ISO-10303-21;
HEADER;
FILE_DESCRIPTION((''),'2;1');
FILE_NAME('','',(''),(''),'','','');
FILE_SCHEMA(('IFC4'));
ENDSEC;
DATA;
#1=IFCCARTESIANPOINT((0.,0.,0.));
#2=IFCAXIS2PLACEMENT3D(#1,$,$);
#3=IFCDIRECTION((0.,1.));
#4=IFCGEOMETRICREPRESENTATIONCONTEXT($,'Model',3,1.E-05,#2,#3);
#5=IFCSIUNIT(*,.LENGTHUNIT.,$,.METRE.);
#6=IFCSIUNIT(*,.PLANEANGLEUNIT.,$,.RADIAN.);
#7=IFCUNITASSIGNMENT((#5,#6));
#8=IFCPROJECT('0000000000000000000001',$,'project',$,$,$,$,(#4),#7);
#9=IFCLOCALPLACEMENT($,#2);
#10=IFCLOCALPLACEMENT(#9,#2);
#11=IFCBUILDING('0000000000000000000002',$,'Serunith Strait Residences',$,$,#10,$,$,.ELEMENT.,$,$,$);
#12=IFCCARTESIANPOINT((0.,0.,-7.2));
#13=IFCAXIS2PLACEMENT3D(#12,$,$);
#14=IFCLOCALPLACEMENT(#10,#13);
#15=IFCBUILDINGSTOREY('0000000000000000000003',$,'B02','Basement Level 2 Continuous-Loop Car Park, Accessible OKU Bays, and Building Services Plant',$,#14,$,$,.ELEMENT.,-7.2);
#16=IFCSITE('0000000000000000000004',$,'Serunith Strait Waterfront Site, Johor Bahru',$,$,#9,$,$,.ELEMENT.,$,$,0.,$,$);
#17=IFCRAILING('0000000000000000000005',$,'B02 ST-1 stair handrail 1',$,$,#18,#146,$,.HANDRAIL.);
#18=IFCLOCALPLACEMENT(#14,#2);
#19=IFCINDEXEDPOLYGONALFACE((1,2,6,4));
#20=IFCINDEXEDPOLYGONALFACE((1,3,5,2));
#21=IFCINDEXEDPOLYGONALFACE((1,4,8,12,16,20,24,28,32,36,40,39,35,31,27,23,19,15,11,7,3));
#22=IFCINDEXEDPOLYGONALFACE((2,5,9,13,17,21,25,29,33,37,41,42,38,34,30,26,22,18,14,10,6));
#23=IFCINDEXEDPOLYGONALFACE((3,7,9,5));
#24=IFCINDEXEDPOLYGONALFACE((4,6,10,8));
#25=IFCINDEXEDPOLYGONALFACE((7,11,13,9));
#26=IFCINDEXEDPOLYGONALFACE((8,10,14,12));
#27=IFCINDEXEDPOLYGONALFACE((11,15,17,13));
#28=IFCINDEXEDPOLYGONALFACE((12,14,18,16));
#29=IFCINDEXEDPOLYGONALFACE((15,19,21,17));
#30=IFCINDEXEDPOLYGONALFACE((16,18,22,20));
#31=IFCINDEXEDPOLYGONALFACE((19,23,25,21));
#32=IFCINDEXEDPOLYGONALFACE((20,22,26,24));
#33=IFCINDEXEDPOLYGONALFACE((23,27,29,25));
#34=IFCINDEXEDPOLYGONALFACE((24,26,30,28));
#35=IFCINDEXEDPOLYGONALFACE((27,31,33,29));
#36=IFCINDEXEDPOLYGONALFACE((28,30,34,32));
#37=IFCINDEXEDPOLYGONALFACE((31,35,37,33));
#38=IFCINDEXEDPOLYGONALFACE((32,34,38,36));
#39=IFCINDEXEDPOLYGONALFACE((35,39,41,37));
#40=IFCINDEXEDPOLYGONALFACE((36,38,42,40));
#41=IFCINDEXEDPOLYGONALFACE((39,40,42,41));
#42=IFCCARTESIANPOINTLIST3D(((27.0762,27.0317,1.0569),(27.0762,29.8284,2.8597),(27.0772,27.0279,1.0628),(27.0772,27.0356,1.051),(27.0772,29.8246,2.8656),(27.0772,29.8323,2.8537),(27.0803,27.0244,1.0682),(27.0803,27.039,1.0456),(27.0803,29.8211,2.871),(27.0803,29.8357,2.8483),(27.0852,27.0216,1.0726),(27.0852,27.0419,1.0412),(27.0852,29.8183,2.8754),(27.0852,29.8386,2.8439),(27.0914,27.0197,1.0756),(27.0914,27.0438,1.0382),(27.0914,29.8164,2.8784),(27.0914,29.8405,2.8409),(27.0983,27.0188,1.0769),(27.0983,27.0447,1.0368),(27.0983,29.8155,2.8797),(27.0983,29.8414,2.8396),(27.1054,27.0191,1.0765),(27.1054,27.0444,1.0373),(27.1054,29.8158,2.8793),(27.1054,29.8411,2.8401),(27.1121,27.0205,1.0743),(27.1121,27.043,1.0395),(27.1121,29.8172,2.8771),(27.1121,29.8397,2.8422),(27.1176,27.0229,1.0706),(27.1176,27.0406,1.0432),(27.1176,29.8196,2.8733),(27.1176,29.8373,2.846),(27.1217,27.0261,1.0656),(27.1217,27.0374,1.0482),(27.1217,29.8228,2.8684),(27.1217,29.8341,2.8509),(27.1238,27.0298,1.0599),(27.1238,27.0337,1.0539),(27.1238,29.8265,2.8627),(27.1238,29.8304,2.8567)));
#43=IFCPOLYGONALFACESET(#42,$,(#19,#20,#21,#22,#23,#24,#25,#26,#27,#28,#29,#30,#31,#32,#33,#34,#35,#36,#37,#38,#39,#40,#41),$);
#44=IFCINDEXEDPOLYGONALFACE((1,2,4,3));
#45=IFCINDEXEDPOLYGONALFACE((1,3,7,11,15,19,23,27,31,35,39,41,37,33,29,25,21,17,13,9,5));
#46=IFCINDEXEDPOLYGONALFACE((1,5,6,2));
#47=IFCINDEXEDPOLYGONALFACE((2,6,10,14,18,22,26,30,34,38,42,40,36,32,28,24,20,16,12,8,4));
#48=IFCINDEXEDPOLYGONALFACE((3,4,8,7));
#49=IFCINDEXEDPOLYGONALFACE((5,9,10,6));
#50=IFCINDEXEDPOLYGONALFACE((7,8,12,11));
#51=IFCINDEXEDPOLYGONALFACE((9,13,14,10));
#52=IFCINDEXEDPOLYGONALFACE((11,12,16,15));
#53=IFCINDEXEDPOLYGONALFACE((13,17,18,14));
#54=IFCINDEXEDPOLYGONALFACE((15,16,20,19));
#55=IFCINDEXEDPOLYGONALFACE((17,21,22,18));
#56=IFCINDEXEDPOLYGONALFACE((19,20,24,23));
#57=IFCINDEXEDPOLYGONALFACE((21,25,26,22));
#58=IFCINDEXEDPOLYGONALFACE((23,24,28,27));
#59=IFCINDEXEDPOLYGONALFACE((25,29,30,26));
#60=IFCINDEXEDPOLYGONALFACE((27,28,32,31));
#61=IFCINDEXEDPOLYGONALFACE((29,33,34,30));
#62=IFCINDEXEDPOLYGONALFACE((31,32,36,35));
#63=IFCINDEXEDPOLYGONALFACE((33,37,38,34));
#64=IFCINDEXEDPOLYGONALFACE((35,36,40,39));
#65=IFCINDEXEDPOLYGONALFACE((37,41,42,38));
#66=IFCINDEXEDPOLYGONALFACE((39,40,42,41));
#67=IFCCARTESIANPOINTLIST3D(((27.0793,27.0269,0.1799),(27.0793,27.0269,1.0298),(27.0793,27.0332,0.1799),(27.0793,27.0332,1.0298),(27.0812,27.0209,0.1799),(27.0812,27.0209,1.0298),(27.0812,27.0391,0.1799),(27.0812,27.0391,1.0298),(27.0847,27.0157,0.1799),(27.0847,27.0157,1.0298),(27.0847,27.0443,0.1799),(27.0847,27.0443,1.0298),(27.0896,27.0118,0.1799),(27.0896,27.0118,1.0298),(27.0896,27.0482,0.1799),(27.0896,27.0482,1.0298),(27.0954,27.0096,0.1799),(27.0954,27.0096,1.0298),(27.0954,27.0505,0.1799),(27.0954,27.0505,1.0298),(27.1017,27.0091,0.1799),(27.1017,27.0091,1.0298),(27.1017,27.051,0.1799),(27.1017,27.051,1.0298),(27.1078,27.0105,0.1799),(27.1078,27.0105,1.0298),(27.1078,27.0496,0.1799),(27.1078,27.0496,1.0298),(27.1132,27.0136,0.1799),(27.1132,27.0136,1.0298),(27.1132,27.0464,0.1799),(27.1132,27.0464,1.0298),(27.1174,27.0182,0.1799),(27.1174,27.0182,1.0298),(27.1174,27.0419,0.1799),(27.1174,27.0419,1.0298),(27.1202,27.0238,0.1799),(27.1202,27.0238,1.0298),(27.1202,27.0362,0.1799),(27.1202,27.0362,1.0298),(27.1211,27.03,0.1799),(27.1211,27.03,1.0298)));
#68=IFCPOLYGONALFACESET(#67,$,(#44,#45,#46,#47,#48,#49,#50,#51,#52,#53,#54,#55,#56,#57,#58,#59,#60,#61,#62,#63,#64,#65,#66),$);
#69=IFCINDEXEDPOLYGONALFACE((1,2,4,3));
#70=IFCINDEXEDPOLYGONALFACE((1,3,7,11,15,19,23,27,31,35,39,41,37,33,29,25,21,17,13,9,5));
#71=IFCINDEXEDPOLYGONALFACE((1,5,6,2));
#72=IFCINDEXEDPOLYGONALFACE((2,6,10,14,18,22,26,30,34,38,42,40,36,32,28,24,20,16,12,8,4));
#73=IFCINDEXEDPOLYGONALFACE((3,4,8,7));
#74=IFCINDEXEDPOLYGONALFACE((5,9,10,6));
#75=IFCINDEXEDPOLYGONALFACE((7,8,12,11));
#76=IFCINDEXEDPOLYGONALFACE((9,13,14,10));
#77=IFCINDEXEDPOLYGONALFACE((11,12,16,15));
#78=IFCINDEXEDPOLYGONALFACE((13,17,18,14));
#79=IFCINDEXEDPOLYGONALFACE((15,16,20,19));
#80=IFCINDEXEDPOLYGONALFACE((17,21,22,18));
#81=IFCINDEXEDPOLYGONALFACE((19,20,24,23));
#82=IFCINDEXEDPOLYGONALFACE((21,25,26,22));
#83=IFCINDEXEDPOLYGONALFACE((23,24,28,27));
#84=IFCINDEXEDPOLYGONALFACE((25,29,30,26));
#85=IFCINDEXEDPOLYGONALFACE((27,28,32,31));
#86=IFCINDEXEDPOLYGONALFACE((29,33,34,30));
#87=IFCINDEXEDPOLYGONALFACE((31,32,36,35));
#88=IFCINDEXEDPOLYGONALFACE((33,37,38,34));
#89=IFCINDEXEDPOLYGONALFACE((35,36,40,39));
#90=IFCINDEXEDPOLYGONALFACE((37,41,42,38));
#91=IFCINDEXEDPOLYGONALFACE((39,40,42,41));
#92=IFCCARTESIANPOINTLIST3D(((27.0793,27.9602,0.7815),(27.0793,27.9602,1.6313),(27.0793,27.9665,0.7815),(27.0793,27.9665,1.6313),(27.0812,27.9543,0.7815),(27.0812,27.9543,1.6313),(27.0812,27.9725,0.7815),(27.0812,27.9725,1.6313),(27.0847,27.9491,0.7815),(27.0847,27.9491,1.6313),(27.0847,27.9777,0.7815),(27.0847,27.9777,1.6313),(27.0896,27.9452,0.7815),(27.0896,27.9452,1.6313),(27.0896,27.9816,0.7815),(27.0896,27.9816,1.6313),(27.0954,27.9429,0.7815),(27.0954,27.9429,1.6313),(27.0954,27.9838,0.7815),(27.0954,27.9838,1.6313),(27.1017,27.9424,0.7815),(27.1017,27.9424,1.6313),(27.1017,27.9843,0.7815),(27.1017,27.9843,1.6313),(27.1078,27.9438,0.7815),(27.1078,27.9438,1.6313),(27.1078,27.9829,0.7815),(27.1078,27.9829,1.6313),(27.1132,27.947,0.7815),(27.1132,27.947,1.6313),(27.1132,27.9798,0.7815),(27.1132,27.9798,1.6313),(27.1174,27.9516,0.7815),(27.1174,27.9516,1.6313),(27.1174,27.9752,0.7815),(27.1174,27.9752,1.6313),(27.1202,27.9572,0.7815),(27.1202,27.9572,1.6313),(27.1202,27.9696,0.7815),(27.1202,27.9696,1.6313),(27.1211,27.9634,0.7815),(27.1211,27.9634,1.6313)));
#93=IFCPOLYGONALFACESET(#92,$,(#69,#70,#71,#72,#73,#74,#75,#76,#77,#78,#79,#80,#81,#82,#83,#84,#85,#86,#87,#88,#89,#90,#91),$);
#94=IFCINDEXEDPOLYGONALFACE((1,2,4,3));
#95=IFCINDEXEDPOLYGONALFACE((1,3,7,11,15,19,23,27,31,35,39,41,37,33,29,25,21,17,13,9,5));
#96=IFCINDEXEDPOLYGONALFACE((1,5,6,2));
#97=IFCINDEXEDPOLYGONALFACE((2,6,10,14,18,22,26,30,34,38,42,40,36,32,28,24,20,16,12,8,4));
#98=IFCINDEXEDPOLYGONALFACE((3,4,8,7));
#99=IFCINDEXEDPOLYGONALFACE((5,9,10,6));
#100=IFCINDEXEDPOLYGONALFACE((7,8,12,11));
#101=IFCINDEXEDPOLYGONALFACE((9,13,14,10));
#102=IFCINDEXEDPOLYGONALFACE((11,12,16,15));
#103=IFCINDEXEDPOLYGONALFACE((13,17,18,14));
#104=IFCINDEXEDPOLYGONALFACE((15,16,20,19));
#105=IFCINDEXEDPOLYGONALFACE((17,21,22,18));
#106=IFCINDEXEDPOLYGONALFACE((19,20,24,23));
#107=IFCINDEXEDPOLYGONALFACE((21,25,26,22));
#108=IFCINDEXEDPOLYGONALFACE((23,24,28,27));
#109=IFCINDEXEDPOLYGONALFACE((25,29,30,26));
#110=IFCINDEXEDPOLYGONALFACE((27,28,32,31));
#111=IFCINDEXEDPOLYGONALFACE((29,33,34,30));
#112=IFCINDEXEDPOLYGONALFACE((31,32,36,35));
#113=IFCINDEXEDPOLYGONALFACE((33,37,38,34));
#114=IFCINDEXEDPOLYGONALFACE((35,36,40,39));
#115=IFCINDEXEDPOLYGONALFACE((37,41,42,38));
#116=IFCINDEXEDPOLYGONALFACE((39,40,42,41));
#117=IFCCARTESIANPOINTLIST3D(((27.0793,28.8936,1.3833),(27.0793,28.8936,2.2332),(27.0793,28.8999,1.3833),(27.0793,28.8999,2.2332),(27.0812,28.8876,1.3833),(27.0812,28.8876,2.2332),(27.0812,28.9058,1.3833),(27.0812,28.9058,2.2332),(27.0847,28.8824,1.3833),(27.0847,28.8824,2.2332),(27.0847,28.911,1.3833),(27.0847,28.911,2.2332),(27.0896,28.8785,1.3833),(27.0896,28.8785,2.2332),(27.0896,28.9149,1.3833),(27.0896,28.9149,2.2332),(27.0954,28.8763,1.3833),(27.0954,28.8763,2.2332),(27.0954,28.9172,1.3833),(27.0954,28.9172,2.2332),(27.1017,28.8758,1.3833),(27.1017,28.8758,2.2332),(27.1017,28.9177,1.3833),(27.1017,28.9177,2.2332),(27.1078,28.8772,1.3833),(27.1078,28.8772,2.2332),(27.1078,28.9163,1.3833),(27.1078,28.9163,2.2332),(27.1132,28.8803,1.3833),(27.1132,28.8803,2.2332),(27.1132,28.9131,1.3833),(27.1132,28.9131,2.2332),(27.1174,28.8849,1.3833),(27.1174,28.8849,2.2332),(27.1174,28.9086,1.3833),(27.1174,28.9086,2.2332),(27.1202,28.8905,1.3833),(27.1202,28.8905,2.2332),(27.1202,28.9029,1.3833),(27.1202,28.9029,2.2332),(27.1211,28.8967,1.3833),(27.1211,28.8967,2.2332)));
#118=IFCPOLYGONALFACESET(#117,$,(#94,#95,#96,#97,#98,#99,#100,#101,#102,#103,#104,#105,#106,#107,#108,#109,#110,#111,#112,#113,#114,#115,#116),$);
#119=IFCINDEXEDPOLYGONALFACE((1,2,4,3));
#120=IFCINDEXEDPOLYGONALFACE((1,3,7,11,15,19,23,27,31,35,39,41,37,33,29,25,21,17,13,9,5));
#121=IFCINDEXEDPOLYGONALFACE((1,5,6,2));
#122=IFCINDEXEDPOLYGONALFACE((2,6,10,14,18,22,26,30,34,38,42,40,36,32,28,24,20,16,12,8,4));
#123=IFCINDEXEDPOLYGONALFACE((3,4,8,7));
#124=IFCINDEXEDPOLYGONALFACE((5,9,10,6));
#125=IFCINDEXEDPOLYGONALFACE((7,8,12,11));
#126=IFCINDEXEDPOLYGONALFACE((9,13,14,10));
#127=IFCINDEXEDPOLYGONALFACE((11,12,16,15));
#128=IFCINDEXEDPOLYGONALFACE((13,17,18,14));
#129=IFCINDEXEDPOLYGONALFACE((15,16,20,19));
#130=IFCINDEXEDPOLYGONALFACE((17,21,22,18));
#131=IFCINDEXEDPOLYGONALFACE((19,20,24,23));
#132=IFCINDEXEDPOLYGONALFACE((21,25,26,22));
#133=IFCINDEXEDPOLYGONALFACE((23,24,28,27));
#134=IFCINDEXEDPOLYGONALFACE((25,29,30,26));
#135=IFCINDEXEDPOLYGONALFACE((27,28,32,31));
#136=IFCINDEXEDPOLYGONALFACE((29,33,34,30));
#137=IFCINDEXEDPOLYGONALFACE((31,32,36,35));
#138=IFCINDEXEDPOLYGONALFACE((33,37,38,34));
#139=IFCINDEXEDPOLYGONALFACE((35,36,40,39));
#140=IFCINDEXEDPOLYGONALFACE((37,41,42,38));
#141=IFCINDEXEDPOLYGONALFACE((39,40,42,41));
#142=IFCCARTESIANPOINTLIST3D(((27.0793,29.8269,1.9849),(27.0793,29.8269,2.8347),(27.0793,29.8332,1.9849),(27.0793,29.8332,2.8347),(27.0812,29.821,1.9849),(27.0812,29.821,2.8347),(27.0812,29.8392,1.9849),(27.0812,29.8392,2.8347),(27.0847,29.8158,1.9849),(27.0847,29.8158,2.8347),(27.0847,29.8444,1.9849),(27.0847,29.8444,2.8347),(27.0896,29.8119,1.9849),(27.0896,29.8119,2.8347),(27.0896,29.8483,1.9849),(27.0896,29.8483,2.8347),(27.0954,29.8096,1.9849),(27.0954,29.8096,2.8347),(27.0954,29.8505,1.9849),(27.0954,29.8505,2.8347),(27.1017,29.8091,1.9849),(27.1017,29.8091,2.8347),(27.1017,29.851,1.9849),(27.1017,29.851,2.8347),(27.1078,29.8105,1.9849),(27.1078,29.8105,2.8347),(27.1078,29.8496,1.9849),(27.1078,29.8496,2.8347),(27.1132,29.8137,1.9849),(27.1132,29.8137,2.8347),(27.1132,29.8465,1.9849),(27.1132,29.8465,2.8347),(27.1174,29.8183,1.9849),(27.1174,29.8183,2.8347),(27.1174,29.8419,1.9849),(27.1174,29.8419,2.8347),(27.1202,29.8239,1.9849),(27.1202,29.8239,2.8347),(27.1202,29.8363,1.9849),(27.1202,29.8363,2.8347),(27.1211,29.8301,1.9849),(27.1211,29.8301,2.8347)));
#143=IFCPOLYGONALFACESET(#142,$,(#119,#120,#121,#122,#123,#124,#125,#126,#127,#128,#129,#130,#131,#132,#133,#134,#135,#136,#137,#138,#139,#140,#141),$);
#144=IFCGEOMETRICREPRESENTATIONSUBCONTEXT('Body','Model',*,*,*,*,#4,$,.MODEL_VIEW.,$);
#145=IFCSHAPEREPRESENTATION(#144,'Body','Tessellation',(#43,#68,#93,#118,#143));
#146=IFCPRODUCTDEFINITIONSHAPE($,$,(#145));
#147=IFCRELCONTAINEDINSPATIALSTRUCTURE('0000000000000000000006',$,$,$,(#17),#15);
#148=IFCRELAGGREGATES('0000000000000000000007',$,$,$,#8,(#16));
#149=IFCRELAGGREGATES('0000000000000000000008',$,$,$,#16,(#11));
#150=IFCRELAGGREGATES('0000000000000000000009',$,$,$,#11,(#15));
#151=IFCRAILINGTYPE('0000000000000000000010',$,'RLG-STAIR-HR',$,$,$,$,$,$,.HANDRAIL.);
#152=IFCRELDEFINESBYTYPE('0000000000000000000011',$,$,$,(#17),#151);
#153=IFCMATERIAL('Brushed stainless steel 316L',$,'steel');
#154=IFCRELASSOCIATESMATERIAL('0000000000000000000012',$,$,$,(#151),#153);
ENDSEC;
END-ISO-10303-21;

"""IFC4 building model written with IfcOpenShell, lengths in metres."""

from ifc_helpers import new_model, si_unit, direction, frame, origin, origin_2d, place, context, subcontext, project, spatial, circle, extrude, material, type_object, element, save


model = new_model("IFC4")

# Units and contexts
model_context = context("Model", 3, precision=1e-05, world=origin(), true_north=direction((0.0, 1.0)))
body_context = subcontext(model_context, "Body", "Model", "MODEL_VIEW")
ifc_project = project(units=[si_unit("LENGTHUNIT", "METRE"), si_unit("PLANEANGLEUNIT", "RADIAN")], contexts=[model_context])

# Site, building, storey
site_placement = place(None, origin())
site = spatial("IfcSite", under=ifc_project, at=site_placement, Name="Serunith Strait Waterfront Site, Johor Bahru", CompositionType="ELEMENT", RefElevation=0.0)
building_placement = place(site_placement, origin())
building = spatial("IfcBuilding", under=site, at=building_placement, Name="Serunith Strait Residences", CompositionType="ELEMENT")
storey_placement = place(building_placement, frame((0.0, 0.0, -7.2)))
storey = spatial("IfcBuildingStorey", under=building, at=storey_placement, Name="B02", Description="Basement Level 2 Continuous-Loop Car Park, Accessible OKU Bays, and Building Services Plant", CompositionType="ELEMENT", Elevation=-7.2)

# Railing
ifc_material_1 = material(Name="Brushed stainless steel 316L", Category="steel")
railing_type_1 = type_object("IfcRailingType", Name="RLG-STAIR-HR", PredefinedType="HANDRAIL", material=ifc_material_1)
railing_1_placement = place(storey_placement, frame((27.1001, 27.03, 0.1799)))
element("IfcRailing", 1, at=railing_1_placement, inside=storey, type_object=railing_type_1, Name="B02 ST-1 stair handrail 1", PredefinedType="HANDRAIL", context=body_context, shape_type="SweptSolid", body=[
    extrude(circle(Radius=0.0239, at=origin_2d()), frame((0.0, 0.0017, 0.877), z_axis=(0.0, 0.840509, 0.541798), x_axis=(-1.0, 0.0, 0.0)), (0.0, 0.0, 1.0), 3.3274),
    extrude(circle(Radius=0.021, at=origin_2d()), origin(), (0.0, 0.0, 1.0), 0.8499),
    extrude(circle(Radius=0.021, at=origin_2d()), frame((0.0, 0.9333, 0.6016)), (0.0, 0.0, 1.0), 0.8499),
    extrude(circle(Radius=0.021, at=origin_2d()), frame((0.0, 1.8667, 1.2034)), (0.0, 0.0, 1.0), 0.8499),
    extrude(circle(Radius=0.021, at=origin_2d()), frame((0.0, 2.8, 1.8049)), (0.0, 0.0, 1.0), 0.8499),
])

save(model, "model.ifc")
